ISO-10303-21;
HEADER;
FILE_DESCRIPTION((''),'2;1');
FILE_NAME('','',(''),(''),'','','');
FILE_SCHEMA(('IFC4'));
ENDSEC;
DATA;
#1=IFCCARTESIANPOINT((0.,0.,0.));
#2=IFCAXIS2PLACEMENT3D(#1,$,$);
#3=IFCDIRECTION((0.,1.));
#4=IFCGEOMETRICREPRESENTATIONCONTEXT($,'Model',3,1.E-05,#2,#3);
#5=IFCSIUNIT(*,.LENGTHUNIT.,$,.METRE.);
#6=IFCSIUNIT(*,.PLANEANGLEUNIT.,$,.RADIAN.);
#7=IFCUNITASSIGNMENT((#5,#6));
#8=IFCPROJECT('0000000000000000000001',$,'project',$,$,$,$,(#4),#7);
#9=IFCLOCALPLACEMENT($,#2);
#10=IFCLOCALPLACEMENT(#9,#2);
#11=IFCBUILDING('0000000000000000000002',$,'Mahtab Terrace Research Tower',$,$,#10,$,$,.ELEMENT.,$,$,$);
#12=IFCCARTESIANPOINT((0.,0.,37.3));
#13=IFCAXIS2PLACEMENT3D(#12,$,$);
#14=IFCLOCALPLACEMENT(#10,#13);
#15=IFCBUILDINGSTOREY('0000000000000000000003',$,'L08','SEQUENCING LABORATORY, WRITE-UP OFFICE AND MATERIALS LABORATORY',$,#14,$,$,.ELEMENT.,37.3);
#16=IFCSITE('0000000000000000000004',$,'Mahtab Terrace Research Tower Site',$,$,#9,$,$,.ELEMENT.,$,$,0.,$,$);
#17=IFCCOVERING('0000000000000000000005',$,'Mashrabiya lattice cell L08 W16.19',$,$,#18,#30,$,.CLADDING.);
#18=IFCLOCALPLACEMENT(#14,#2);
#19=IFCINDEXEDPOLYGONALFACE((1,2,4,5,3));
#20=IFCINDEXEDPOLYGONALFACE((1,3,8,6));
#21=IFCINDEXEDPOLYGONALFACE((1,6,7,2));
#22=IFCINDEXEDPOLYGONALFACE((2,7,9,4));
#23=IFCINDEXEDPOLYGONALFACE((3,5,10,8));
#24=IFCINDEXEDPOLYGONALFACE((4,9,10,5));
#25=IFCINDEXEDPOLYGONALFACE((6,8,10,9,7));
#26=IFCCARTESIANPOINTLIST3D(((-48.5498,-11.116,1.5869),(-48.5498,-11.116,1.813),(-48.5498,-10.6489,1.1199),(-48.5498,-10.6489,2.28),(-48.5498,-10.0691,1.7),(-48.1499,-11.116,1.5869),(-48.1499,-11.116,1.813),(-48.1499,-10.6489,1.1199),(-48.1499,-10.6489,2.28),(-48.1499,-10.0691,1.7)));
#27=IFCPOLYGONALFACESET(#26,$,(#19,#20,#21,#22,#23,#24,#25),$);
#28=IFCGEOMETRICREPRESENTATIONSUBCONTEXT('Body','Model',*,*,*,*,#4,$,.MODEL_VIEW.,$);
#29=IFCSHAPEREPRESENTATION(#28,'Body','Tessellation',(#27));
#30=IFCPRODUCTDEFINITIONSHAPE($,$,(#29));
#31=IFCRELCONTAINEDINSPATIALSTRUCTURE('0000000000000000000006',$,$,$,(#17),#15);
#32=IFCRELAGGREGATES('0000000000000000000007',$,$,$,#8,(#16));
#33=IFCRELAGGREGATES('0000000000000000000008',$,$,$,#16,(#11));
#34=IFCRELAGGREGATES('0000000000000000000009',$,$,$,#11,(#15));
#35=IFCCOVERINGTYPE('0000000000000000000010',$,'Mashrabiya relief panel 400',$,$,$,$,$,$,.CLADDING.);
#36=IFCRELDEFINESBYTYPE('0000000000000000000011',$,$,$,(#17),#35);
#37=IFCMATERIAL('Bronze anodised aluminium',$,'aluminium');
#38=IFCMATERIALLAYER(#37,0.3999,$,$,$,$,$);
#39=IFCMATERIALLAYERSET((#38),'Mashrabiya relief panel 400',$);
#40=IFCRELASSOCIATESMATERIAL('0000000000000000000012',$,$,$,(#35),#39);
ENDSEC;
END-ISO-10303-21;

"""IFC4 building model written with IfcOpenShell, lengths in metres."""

from ifc_helpers import new_model, si_unit, direction, frame, origin, place, context, subcontext, project, spatial, polyline, outline, extrude, material, layer, layer_set, type_object, element, save


model = new_model("IFC4")

# Units and contexts
model_context = context("Model", 3, precision=1e-05, world=origin(), true_north=direction((0.0, 1.0)))
body_context = subcontext(model_context, "Body", "Model", "MODEL_VIEW")
ifc_project = project(units=[si_unit("LENGTHUNIT", "METRE"), si_unit("PLANEANGLEUNIT", "RADIAN")], contexts=[model_context])

# Site, building, storey
site_placement = place(None, origin())
site = spatial("IfcSite", under=ifc_project, at=site_placement, Name="Mahtab Terrace Research Tower Site", CompositionType="ELEMENT", RefElevation=0.0)
building_placement = place(site_placement, origin())
building = spatial("IfcBuilding", under=site, at=building_placement, Name="Mahtab Terrace Research Tower", CompositionType="ELEMENT")
storey_placement = place(building_placement, frame((0.0, 0.0, 37.3)))
storey = spatial("IfcBuildingStorey", under=building, at=storey_placement, Name="L08", Description="SEQUENCING LABORATORY, WRITE-UP OFFICE AND MATERIALS LABORATORY", CompositionType="ELEMENT", Elevation=37.3)

# Covering
ifc_material = material(Name="Bronze anodised aluminium", Category="aluminium")
ifc_layer = layer(ifc_material, 0.3999)
ifc_layer_set = layer_set([ifc_layer], Name="Mashrabiya relief panel 400")
covering_type = type_object("IfcCoveringType", Name="Mashrabiya relief panel 400", PredefinedType="CLADDING", material=ifc_layer_set)
covering_1_placement = place(storey_placement, frame((-48.1499, -10.6489, 1.1199), z_axis=(1.0, 0.0, 0.0), x_axis=(0.0, 0.706958, 0.707256)))
element("IfcCovering", 1, at=covering_1_placement, inside=storey, type_object=covering_type, Name="Mashrabiya lattice cell L08 W16.19", PredefinedType="CLADDING", context=body_context, shape_type="SweptSolid", body=[
    extrude(outline(polyline([(0.0, 0.0), (0.8202, 0.0), (0.8205, 0.8202), (0.16, 0.8203), (0.0001, 0.6605), (0.0, 0.0)])), origin(), (0.0, 0.0, -1.0), 0.3999),
])

save(model, "model.ifc")
